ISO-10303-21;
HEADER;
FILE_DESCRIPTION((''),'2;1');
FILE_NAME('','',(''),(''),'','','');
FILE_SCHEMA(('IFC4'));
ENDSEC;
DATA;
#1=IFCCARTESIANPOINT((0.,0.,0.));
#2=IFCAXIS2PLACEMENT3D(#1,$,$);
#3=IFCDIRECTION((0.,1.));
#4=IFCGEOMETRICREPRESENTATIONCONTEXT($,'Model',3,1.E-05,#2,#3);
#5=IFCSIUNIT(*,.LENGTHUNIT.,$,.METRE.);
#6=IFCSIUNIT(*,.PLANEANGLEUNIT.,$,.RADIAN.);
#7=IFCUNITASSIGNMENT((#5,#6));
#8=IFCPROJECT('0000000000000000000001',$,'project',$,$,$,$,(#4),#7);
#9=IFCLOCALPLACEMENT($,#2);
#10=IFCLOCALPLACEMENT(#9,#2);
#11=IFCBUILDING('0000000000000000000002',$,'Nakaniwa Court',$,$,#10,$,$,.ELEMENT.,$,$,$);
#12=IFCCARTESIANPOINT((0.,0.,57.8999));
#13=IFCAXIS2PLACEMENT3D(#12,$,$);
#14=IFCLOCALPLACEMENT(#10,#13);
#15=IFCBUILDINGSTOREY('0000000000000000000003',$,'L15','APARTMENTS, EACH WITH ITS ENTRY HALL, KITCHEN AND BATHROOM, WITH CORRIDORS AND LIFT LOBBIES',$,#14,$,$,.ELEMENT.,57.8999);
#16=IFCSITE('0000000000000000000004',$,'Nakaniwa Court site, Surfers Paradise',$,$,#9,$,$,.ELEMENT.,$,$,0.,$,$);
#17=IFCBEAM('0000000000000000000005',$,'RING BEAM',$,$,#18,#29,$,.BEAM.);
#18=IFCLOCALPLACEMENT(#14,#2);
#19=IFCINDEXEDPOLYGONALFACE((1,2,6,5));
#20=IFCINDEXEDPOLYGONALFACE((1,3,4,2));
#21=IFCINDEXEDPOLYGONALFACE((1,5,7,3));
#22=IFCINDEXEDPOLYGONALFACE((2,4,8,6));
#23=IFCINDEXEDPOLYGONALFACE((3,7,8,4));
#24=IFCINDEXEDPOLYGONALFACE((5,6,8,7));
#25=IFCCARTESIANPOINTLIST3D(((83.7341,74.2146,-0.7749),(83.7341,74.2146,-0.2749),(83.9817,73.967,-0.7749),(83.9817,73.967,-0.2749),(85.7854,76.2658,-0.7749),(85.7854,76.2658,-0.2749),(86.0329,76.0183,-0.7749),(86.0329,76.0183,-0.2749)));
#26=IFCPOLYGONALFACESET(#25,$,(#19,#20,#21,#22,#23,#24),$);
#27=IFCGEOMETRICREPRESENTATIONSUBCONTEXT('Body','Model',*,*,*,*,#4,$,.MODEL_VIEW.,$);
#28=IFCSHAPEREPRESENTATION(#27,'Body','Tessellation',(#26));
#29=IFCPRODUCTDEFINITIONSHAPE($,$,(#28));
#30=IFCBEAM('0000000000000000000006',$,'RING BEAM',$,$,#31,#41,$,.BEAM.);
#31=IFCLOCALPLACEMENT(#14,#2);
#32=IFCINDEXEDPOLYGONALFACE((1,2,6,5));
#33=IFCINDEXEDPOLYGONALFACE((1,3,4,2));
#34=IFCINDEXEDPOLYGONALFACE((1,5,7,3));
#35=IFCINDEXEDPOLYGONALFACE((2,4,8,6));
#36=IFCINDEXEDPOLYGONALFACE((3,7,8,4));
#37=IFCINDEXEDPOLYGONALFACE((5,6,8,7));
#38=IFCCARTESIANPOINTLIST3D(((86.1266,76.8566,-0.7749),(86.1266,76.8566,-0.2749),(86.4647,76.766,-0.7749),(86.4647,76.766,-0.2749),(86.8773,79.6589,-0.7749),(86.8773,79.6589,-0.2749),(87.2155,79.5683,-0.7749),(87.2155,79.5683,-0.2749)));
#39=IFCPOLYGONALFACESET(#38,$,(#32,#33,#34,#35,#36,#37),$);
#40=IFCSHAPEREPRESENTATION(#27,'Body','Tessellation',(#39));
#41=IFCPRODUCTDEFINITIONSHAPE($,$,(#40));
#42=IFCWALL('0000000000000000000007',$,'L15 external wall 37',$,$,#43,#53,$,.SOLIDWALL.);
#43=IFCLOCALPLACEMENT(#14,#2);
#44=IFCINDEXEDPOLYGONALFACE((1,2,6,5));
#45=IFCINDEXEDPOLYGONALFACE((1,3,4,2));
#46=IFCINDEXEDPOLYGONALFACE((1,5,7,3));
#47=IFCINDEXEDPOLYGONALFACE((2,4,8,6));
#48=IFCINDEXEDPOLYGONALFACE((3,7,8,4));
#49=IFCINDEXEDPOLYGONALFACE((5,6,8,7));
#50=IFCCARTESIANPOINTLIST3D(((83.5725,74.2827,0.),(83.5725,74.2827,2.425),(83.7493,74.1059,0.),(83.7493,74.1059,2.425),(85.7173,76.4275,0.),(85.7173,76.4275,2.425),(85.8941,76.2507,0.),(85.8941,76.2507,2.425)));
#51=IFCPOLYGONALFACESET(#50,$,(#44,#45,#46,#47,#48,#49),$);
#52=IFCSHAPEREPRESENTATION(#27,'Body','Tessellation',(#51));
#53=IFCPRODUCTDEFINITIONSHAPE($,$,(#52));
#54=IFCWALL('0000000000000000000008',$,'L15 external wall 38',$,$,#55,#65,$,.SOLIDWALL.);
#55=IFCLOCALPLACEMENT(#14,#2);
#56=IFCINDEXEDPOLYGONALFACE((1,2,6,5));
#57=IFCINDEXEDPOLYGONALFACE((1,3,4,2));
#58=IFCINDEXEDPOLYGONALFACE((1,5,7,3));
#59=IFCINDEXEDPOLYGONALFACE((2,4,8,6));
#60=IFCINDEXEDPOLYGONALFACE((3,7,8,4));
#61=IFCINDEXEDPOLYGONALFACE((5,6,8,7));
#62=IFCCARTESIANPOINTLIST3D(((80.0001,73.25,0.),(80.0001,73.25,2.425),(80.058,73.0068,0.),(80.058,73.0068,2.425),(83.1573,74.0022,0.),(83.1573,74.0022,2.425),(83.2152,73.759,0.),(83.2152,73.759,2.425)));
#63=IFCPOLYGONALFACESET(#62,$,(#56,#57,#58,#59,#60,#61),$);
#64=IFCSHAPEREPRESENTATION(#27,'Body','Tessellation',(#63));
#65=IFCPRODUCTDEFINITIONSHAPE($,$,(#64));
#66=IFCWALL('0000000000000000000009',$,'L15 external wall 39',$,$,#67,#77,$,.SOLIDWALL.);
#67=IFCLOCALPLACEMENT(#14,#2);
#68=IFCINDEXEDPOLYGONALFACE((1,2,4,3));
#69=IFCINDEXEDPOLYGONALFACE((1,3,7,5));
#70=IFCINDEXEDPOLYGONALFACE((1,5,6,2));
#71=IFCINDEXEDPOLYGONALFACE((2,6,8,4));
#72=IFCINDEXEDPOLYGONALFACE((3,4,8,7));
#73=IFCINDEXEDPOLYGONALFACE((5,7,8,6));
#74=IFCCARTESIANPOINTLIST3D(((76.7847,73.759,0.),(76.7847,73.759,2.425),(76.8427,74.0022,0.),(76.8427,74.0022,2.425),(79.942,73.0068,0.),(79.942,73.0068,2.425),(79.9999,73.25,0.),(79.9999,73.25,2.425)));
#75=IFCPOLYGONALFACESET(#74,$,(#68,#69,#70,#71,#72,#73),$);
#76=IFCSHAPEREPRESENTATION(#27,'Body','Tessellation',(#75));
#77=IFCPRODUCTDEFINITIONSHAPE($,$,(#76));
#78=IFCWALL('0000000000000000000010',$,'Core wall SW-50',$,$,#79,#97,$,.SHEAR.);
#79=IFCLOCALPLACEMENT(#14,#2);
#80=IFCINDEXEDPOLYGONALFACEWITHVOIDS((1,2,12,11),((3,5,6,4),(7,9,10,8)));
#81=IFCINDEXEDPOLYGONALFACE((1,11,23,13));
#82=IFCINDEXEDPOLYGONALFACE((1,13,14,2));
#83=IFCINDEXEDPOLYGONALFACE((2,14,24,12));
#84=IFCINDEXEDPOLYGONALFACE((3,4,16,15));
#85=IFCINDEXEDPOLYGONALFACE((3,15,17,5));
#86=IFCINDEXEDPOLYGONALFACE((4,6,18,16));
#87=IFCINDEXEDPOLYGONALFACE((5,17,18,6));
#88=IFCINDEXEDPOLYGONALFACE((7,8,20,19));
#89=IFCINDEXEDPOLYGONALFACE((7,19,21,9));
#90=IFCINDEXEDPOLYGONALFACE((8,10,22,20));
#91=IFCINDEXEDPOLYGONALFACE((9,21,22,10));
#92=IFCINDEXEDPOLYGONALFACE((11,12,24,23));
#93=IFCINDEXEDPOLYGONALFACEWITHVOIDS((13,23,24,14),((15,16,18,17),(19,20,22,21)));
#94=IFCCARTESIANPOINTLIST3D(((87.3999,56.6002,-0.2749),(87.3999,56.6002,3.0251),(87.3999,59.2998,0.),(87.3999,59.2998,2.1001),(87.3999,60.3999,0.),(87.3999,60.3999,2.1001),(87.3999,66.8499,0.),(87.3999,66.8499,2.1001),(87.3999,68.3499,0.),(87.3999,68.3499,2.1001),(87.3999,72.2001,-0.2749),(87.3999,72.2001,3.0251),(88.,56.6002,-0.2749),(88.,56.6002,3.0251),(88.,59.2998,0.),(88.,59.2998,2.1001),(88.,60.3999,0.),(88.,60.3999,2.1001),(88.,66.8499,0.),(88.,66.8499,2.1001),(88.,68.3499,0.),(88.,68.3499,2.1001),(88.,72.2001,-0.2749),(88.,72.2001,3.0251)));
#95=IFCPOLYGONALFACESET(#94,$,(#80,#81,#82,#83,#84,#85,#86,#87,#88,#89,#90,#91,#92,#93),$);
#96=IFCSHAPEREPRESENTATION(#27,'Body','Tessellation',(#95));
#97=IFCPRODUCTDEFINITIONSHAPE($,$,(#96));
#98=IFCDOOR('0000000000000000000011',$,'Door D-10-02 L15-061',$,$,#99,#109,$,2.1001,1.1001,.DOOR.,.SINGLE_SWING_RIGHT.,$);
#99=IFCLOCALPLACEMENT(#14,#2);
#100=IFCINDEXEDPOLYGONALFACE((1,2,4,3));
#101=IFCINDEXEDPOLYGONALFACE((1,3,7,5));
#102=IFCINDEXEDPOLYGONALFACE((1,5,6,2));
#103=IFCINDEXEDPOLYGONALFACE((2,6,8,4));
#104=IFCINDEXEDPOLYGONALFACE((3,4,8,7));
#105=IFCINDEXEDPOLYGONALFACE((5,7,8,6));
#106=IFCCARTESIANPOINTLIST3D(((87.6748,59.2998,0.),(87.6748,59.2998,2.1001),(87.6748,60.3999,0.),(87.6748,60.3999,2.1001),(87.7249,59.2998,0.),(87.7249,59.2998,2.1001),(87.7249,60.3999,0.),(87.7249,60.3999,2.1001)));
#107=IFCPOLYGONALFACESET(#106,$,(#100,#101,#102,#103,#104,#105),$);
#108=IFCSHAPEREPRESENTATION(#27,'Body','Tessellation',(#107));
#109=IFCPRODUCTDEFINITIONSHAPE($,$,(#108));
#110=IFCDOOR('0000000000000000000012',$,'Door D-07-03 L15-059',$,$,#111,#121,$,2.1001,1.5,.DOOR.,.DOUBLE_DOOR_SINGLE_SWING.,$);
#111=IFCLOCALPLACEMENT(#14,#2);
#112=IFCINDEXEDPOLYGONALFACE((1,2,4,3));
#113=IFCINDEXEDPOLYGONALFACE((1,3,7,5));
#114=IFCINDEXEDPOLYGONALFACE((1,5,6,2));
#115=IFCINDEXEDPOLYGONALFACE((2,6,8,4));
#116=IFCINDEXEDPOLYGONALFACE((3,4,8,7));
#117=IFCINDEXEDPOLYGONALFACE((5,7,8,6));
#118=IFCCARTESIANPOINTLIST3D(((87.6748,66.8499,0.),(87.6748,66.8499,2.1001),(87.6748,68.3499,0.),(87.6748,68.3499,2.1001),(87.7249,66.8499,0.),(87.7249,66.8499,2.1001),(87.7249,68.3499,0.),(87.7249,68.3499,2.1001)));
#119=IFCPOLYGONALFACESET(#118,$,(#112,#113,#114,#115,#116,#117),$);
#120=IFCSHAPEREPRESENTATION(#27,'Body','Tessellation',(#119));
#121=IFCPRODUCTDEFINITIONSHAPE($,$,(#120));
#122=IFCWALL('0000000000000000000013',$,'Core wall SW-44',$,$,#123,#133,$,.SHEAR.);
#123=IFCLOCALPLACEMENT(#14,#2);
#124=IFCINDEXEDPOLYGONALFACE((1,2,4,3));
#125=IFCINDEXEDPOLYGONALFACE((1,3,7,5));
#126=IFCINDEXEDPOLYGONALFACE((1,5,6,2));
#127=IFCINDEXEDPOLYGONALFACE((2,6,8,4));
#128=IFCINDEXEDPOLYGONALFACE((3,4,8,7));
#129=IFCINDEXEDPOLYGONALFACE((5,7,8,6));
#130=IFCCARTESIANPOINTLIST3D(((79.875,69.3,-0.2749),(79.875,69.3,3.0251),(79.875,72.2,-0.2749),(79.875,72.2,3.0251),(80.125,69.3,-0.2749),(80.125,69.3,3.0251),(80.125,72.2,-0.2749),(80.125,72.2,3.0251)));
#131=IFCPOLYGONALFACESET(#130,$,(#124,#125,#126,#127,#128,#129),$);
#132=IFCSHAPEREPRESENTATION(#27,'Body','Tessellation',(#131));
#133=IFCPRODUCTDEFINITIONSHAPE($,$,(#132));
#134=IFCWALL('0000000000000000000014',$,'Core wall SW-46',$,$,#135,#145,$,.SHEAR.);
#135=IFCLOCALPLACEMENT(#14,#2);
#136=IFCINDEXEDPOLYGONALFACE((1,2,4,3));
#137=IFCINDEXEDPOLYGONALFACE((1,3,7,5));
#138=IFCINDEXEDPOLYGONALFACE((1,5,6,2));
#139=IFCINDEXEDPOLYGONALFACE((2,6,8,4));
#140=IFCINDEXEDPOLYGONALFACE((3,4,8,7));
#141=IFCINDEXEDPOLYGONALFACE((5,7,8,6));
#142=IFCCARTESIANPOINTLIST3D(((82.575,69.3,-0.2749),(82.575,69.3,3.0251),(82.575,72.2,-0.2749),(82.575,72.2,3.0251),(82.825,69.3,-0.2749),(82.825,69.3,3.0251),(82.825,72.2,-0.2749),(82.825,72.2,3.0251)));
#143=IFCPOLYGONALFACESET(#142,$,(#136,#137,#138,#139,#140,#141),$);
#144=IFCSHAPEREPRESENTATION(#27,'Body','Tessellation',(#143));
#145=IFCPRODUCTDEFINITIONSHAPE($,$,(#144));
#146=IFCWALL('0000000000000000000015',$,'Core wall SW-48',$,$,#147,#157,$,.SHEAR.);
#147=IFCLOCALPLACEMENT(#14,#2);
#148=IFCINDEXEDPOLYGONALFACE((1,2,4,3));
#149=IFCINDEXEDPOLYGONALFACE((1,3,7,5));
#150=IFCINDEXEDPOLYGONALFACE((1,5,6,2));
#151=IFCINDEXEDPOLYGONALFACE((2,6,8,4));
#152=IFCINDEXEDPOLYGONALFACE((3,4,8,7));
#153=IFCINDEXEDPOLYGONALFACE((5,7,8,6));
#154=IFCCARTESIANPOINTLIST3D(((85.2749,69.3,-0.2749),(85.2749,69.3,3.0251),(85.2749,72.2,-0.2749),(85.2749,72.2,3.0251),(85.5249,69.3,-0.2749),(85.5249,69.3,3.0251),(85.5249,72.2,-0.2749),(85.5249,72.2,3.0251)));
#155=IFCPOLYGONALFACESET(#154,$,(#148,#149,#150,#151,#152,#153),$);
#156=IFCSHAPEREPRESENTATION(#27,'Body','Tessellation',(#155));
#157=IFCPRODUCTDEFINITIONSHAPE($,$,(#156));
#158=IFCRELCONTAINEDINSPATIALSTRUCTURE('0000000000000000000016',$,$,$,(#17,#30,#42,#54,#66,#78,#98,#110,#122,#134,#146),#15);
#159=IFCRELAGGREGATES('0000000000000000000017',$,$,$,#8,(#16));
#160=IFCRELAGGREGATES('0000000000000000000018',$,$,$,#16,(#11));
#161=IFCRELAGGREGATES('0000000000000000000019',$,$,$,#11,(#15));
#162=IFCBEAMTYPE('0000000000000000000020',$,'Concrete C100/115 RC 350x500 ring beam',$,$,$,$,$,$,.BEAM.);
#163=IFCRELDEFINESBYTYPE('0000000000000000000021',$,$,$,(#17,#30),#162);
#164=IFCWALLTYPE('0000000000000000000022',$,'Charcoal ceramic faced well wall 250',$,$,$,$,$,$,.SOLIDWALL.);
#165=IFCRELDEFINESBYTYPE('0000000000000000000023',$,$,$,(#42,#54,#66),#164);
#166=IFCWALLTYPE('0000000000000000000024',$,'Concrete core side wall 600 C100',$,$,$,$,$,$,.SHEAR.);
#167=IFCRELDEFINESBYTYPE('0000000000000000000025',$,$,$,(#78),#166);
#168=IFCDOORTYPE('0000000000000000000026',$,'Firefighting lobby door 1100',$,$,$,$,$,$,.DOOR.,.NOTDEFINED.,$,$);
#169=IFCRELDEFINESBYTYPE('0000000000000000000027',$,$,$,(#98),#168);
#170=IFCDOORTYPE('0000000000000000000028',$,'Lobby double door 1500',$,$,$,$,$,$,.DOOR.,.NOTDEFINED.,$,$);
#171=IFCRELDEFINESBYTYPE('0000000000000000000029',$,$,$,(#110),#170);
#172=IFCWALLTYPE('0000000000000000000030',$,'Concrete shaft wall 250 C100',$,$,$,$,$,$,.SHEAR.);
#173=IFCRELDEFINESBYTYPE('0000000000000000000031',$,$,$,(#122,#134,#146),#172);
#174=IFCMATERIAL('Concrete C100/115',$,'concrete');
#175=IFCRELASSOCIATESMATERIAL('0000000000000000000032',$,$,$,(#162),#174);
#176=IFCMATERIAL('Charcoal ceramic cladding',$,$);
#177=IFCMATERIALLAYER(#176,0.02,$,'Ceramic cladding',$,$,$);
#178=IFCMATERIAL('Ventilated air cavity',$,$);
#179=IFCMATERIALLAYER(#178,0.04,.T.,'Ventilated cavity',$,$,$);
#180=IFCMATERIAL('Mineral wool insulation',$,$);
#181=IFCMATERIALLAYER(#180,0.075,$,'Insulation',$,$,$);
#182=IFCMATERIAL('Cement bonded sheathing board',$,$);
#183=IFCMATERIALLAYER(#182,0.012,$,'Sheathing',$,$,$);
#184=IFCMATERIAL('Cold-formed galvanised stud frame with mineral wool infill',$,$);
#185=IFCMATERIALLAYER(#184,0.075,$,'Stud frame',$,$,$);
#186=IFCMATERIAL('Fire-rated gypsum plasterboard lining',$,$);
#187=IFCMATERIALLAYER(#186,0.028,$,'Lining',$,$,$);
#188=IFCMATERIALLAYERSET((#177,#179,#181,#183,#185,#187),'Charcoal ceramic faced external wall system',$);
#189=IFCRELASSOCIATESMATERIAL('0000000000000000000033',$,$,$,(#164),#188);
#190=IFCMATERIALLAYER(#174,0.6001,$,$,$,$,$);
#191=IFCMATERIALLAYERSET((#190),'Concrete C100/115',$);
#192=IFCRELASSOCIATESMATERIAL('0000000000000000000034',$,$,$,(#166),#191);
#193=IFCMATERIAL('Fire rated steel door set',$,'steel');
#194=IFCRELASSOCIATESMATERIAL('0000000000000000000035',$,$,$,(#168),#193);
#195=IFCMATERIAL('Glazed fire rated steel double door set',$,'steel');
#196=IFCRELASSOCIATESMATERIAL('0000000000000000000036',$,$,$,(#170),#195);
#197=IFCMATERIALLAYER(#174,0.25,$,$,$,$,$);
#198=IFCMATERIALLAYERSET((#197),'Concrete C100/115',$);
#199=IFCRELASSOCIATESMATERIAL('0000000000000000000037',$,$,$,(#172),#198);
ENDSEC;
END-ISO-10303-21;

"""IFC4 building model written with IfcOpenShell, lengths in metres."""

from ifc_helpers import new_model, si_unit, direction, frame, frame_2d, origin, origin_2d, place, context, subcontext, project, spatial, rectangle, extrude, material, layer, layer_set, material_profile, profile_set, type_object, element, fill, save


model = new_model("IFC4")

# Units and contexts
model_context = context("Model", 3, precision=1e-05, world=origin(), true_north=direction((0.0, 1.0)))
body_context = subcontext(model_context, "Body", "Model", "MODEL_VIEW")
ifc_project = project(units=[si_unit("LENGTHUNIT", "METRE"), si_unit("PLANEANGLEUNIT", "RADIAN")], contexts=[model_context])

# Site, building, storey
site_placement = place(None, origin())
site = spatial("IfcSite", under=ifc_project, at=site_placement, Name="Nakaniwa Court site, Surfers Paradise", CompositionType="ELEMENT", RefElevation=0.0)
building_placement = place(site_placement, origin())
building = spatial("IfcBuilding", under=site, at=building_placement, Name="Nakaniwa Court", CompositionType="ELEMENT")
storey_placement = place(building_placement, frame((0.0, 0.0, 57.8999)))
storey = spatial("IfcBuildingStorey", under=building, at=storey_placement, Name="L15", Description="APARTMENTS, EACH WITH ITS ENTRY HALL, KITCHEN AND BATHROOM, WITH CORRIDORS AND LIFT LOBBIES", CompositionType="ELEMENT", Elevation=57.8999)

# Shared definitions
ifc_material_1 = material(Name="Concrete C100/115", Category="concrete")

# Beams
ifc_material_profile_1 = material_profile(ifc_material_1, rectangle(XDim=0.3501, YDim=0.5, at=origin_2d()), Name="Concrete C100/115 RC 350x500 ring beam")
ifc_profile_set_1 = profile_set([ifc_material_profile_1], Name="Concrete C100/115")
beam_type = type_object("IfcBeamType", Name="Concrete C100/115 RC 350x500 ring beam", PredefinedType="BEAM", material=ifc_profile_set_1)
beam_1_placement = place(storey_placement, frame((83.8579, 74.0908, -0.5249), z_axis=(0.707107, 0.707107, 0.0), x_axis=(-0.707107, 0.707107, 0.0)))
element("IfcBeam", 1, at=beam_1_placement, inside=storey, type_object=beam_type, Name="RING BEAM", PredefinedType="BEAM", context=body_context, shape_type="SweptSolid", body=[
    extrude(rectangle(XDim=0.3501, YDim=0.5, at=origin_2d()), origin(), (0.0, 0.0, 1.0), 2.9009),
])
beam_2_placement = place(storey_placement, frame((86.2957, 76.8113, -0.5249), z_axis=(0.258778, 0.965937, 0.0), x_axis=(-0.965937, 0.258778, 0.0)))
element("IfcBeam", 2, at=beam_2_placement, inside=storey, type_object=beam_type, Name="RING BEAM", PredefinedType="BEAM", context=body_context, shape_type="SweptSolid", body=[
    extrude(rectangle(XDim=0.3501, YDim=0.5, at=origin_2d()), origin(), (0.0, 0.0, 1.0), 2.9011),
])

# Walls
ifc_material_2 = material(Name="Charcoal ceramic cladding")
ifc_layer_1 = layer(ifc_material_2, 0.02, Name="Ceramic cladding")
ifc_material_3 = material(Name="Ventilated air cavity")
ifc_layer_2 = layer(ifc_material_3, 0.04, ventilated=True, Name="Ventilated cavity")
ifc_material_4 = material(Name="Mineral wool insulation")
ifc_layer_3 = layer(ifc_material_4, 0.075, Name="Insulation")
ifc_material_5 = material(Name="Cement bonded sheathing board")
ifc_layer_4 = layer(ifc_material_5, 0.012, Name="Sheathing")
ifc_material_6 = material(Name="Cold-formed galvanised stud frame with mineral wool infill")
ifc_layer_5 = layer(ifc_material_6, 0.075, Name="Stud frame")
ifc_material_7 = material(Name="Fire-rated gypsum plasterboard lining")
ifc_layer_6 = layer(ifc_material_7, 0.028, Name="Lining")
ifc_layer_set_1 = layer_set([ifc_layer_1, ifc_layer_2, ifc_layer_3, ifc_layer_4, ifc_layer_5, ifc_layer_6], Name="Charcoal ceramic faced external wall system")
wall_type_1 = type_object("IfcWallType", Name="Charcoal ceramic faced well wall 250", PredefinedType="SOLIDWALL", material=ifc_layer_set_1)
wall_1_placement = place(storey_placement, frame((85.8057, 76.3391, 0.0), z_axis=(0.0, 0.0, 1.0), x_axis=(-0.707107, -0.707107, 0.0)))
element("IfcWall", 3, at=wall_1_placement, inside=storey, type_object=wall_type_1, Name="L15 external wall 37", PredefinedType="SOLIDWALL", context=body_context, shape_type="SweptSolid", body=[
    extrude(rectangle(XDim=3.0332, YDim=0.25, at=frame_2d((1.5166, 0.0))), origin(), (0.0, 0.0, 1.0), 2.425),
])
for number, where, z_axis, x_axis, name in (
    (4, (83.1863, 73.8806, 0.0), (0.0, 0.0, 1.0), (-0.972773, -0.23176, 0.0), "L15 external wall 38"),
    (5, (79.9709, 73.1284, 0.0), (0.0, 0.0, 1.0), (-0.972773, 0.23176, 0.0), "L15 external wall 39"),
):
    element("IfcWall", number, at=place(storey_placement, frame(where, z_axis=z_axis, x_axis=x_axis)), inside=storey, type_object=wall_type_1, Name=name, PredefinedType="SOLIDWALL", context=body_context, shape_type="SweptSolid", body=[
        extrude(rectangle(XDim=3.2456, YDim=0.25, at=frame_2d((1.6228, 0.0))), origin(), (0.0, 0.0, 1.0), 2.425),
    ])

# Wall, openings, doors
ifc_layer_7 = layer(ifc_material_1, 0.6001)
ifc_layer_set_2 = layer_set([ifc_layer_7], Name="Concrete C100/115")
wall_type_2 = type_object("IfcWallType", Name="Concrete core side wall 600 C100", PredefinedType="SHEAR", material=ifc_layer_set_2)
wall_2_placement = place(storey_placement, frame((87.7, 72.2, -0.2749), z_axis=(0.0, 0.0, 1.0), x_axis=(0.0, -1.0, 0.0)))
wall_2 = element("IfcWall", 6, at=wall_2_placement, inside=storey, type_object=wall_type_2, Name="Core wall SW-50", PredefinedType="SHEAR", context=body_context, shape_type="SweptSolid", body=[
    extrude(rectangle(XDim=15.5999, YDim=0.6001, at=frame_2d((7.7998, 0.0))), origin(), (0.0, 0.0, 1.0), 3.3),
])
opening_1_placement = place(wall_2_placement, frame((3.8501, 0.0, 0.2749)))
opening_1 = element("IfcOpeningElement", 7, at=opening_1_placement, cuts=wall_2, PredefinedType="OPENING", context=body_context, shape_type="SweptSolid", body=[
    extrude(rectangle(XDim=1.5, YDim=2.1001, at=frame_2d((0.75, 1.05))), frame((0.0, 0.3101, 0.0), z_axis=(0.0, -1.0, 0.0), x_axis=(1.0, 0.0, 0.0)), (0.0, 0.0, 1.0), 0.6201),
])
opening_2_placement = place(wall_2_placement, frame((11.8, 0.0, 0.2749)))
opening_2 = element("IfcOpeningElement", 8, at=opening_2_placement, cuts=wall_2, PredefinedType="OPENING", context=body_context, shape_type="SweptSolid", body=[
    extrude(rectangle(XDim=1.1001, YDim=2.1001, at=frame_2d((0.55, 1.05))), frame((0.0, 0.3101, 0.0), z_axis=(0.0, -1.0, 0.0), x_axis=(1.0, 0.0, 0.0)), (0.0, 0.0, 1.0), 0.6201),
])
ifc_material_8 = material(Name="Fire rated steel door set", Category="steel")
door_type_1 = type_object("IfcDoorType", Name="Firefighting lobby door 1100", OperationType="NOTDEFINED", PredefinedType="DOOR", material=ifc_material_8)
door_1_placement = place(opening_2_placement, origin())
door_1 = element("IfcDoor", 9, at=door_1_placement, inside=storey, type_object=door_type_1, Name="Door D-10-02 L15-061", OperationType="SINGLE_SWING_RIGHT", OverallHeight=2.1001, OverallWidth=1.1001, PredefinedType="DOOR", context=body_context, shape_type="SweptSolid", body=[
    extrude(rectangle(XDim=1.1001, YDim=2.1001, at=frame_2d((0.55, 1.05))), frame((0.0, 0.0249, 0.0), z_axis=(0.0, -1.0, 0.0), x_axis=(1.0, 0.0, 0.0)), (0.0, 0.0, 1.0), 0.05),
])
fill(opening_2, door_1)
ifc_material_9 = material(Name="Glazed fire rated steel double door set", Category="steel")
door_type_2 = type_object("IfcDoorType", Name="Lobby double door 1500", OperationType="NOTDEFINED", PredefinedType="DOOR", material=ifc_material_9)
door_2_placement = place(opening_1_placement, origin())
door_2 = element("IfcDoor", 10, at=door_2_placement, inside=storey, type_object=door_type_2, Name="Door D-07-03 L15-059", OperationType="DOUBLE_DOOR_SINGLE_SWING", OverallHeight=2.1001, OverallWidth=1.5, PredefinedType="DOOR", context=body_context, shape_type="SweptSolid", body=[
    extrude(rectangle(XDim=1.5, YDim=2.1001, at=frame_2d((0.75, 1.05))), frame((0.0, 0.0249, 0.0), z_axis=(0.0, -1.0, 0.0), x_axis=(1.0, 0.0, 0.0)), (0.0, 0.0, 1.0), 0.05),
])
fill(opening_1, door_2)

# Walls
ifc_layer_8 = layer(ifc_material_1, 0.25)
ifc_layer_set_3 = layer_set([ifc_layer_8], Name="Concrete C100/115")
wall_type_3 = type_object("IfcWallType", Name="Concrete shaft wall 250 C100", PredefinedType="SHEAR", material=ifc_layer_set_3)
for number, where, z_axis, x_axis, name in (
    (11, (80.0, 69.3, -0.2749), (0.0, 0.0, 1.0), (0.0, 1.0, 0.0), "Core wall SW-44"),
    (12, (82.7, 69.3, -0.2749), (0.0, 0.0, 1.0), (0.0, 1.0, 0.0), "Core wall SW-46"),
    (13, (85.3999, 69.3, -0.2749), (0.0, 0.0, 1.0), (0.0, 1.0, 0.0), "Core wall SW-48"),
):
    element("IfcWall", number, at=place(storey_placement, frame(where, z_axis=z_axis, x_axis=x_axis)), inside=storey, type_object=wall_type_3, Name=name, PredefinedType="SHEAR", context=body_context, shape_type="SweptSolid", body=[
        extrude(rectangle(XDim=2.8999, YDim=0.25, at=frame_2d((1.45, 0.0))), origin(), (0.0, 0.0, 1.0), 3.3),
    ])

save(model, "model.ifc")
